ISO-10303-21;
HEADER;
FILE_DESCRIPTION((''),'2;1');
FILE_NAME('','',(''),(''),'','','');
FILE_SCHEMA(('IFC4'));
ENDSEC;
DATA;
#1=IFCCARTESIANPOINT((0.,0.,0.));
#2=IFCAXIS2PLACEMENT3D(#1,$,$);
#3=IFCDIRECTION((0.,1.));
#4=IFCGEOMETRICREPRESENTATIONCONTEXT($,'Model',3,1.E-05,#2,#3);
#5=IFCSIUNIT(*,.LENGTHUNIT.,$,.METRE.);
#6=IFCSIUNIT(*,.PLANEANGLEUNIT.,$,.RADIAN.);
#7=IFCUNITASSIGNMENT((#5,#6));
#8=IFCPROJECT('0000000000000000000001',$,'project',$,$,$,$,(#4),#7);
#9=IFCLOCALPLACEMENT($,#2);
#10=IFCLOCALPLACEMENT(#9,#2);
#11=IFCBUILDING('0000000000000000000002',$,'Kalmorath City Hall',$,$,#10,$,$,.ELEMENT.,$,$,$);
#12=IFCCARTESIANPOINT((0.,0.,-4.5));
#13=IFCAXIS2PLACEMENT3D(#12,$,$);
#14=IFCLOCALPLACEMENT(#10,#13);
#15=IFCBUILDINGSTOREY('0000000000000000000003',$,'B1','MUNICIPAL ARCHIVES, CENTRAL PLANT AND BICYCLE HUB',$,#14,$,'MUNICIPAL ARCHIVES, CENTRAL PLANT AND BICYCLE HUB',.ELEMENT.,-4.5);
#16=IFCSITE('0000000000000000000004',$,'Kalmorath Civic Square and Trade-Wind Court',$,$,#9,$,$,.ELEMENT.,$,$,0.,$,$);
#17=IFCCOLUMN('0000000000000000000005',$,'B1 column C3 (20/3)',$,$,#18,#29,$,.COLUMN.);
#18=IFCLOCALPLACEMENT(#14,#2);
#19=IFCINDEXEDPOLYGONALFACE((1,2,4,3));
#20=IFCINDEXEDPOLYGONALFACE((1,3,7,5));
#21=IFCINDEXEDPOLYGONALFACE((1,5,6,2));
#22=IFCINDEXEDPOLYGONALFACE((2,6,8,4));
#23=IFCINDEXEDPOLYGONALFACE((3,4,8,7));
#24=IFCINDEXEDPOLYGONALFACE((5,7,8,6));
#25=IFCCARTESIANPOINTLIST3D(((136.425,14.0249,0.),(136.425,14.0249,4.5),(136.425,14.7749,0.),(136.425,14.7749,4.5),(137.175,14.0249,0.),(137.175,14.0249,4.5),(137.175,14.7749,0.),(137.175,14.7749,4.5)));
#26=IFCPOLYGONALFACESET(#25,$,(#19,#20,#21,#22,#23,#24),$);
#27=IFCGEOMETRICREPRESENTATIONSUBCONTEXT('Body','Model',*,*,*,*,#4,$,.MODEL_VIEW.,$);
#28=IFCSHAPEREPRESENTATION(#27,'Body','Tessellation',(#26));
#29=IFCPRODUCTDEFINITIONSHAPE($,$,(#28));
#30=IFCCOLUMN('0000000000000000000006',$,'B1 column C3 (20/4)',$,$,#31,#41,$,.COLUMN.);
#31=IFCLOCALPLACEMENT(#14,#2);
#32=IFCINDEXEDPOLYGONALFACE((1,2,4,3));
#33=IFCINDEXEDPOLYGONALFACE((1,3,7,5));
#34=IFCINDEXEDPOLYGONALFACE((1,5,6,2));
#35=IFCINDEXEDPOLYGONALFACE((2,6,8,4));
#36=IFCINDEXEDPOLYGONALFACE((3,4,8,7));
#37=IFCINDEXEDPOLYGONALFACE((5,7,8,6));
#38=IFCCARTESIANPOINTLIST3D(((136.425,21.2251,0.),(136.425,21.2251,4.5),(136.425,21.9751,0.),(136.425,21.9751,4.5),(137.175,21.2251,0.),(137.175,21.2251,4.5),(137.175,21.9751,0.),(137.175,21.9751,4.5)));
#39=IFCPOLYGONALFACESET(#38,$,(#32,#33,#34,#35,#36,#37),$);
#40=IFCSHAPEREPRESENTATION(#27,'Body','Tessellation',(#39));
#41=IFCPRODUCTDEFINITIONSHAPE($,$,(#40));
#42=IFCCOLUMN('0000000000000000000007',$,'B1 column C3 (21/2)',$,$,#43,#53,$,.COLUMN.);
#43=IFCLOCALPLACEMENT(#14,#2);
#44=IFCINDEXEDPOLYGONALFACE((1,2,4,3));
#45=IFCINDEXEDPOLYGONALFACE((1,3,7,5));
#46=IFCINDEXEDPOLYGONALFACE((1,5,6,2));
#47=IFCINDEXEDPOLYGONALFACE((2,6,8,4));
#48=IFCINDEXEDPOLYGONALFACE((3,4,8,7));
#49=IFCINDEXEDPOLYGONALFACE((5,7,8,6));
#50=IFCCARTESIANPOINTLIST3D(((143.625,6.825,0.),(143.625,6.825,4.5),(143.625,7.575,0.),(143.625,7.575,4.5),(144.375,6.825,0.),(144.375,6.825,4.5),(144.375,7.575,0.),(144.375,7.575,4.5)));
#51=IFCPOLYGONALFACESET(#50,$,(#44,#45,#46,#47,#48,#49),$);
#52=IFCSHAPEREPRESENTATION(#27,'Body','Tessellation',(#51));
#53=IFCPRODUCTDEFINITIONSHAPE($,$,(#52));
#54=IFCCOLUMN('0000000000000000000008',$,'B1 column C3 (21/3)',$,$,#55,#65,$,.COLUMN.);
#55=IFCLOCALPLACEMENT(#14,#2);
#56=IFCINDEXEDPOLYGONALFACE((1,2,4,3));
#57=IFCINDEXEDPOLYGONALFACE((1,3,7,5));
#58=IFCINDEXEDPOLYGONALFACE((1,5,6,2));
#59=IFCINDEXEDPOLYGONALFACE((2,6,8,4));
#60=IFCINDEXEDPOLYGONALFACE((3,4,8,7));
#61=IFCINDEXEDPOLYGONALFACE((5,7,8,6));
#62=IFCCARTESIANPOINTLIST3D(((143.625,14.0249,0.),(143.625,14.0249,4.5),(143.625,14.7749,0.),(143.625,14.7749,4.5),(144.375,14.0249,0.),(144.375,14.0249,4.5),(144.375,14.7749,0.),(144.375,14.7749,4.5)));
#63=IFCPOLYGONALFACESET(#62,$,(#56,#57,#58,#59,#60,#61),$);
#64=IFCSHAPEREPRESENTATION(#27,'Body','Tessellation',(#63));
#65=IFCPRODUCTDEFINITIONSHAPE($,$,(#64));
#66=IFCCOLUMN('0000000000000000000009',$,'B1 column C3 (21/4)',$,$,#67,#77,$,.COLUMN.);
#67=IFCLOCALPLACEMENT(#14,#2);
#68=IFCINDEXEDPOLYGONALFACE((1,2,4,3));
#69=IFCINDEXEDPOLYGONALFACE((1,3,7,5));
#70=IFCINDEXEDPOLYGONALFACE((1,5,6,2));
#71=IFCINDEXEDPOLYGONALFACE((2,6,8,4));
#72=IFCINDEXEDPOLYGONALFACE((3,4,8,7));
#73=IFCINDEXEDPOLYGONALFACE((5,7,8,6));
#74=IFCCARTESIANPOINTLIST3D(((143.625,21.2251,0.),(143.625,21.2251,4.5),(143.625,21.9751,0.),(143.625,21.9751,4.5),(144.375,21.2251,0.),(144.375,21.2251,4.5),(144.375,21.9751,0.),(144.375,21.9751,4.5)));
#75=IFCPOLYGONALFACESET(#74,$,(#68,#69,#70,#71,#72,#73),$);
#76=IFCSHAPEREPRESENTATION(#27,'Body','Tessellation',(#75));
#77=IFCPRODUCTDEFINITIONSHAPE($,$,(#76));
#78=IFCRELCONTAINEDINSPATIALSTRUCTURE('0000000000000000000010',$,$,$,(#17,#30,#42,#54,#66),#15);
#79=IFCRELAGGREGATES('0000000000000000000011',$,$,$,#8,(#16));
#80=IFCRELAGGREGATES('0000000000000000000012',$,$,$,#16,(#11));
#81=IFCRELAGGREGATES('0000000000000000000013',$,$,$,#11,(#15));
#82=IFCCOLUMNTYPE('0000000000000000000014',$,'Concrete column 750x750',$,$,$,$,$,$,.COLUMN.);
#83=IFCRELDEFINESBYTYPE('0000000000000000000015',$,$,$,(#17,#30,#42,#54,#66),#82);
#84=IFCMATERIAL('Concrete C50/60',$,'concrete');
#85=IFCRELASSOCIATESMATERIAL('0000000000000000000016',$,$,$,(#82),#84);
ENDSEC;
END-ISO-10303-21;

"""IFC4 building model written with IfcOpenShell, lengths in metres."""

from ifc_helpers import new_model, si_unit, direction, frame, origin, origin_2d, place, context, subcontext, project, spatial, rectangle, extrude, material, material_profile, profile_set, type_object, element, save


model = new_model("IFC4")

# Units and contexts
model_context = context("Model", 3, precision=1e-05, world=origin(), true_north=direction((0.0, 1.0)))
body_context = subcontext(model_context, "Body", "Model", "MODEL_VIEW")
ifc_project = project(units=[si_unit("LENGTHUNIT", "METRE"), si_unit("PLANEANGLEUNIT", "RADIAN")], contexts=[model_context])

# Site, building, storey
site_placement = place(None, origin())
site = spatial("IfcSite", under=ifc_project, at=site_placement, Name="Kalmorath Civic Square and Trade-Wind Court", CompositionType="ELEMENT", RefElevation=0.0)
building_placement = place(site_placement, origin())
building = spatial("IfcBuilding", under=site, at=building_placement, Name="Kalmorath City Hall", CompositionType="ELEMENT")
storey_placement = place(building_placement, frame((0.0, 0.0, -4.5)))
storey = spatial("IfcBuildingStorey", under=building, at=storey_placement, Name="B1", Description="MUNICIPAL ARCHIVES, CENTRAL PLANT AND BICYCLE HUB", LongName="MUNICIPAL ARCHIVES, CENTRAL PLANT AND BICYCLE HUB", CompositionType="ELEMENT", Elevation=-4.5)

# Columns
ifc_material_1 = material(Name="Concrete C50/60", Category="concrete")
ifc_material_profile_1 = material_profile(ifc_material_1, rectangle(XDim=0.75, YDim=0.75, at=origin_2d()), Name="RC-COL-750X750")
ifc_profile_set_1 = profile_set([ifc_material_profile_1], Name="Concrete C50/60")
column_type = type_object("IfcColumnType", Name="Concrete column 750x750", PredefinedType="COLUMN", material=ifc_profile_set_1)
for number, where, z_axis, x_axis, name in (
    (1, (136.8, 14.3999, 0.0), (0.0, 0.0, 1.0), (1.0, 0.0, 0.0), "B1 column C3 (20/3)"),
    (2, (136.8, 21.6001, 0.0), (0.0, 0.0, 1.0), (1.0, 0.0, 0.0), "B1 column C3 (20/4)"),
    (3, (144.0, 7.2, 0.0), (0.0, 0.0, 1.0), (1.0, 0.0, 0.0), "B1 column C3 (21/2)"),
    (4, (144.0, 14.3999, 0.0), (0.0, 0.0, 1.0), (1.0, 0.0, 0.0), "B1 column C3 (21/3)"),
    (5, (144.0, 21.6001, 0.0), (0.0, 0.0, 1.0), (1.0, 0.0, 0.0), "B1 column C3 (21/4)"),
):
    element("IfcColumn", number, at=place(storey_placement, frame(where, z_axis=z_axis, x_axis=x_axis)), inside=storey, type_object=column_type, Name=name, PredefinedType="COLUMN", context=body_context, shape_type="SweptSolid", body=[
        extrude(rectangle(XDim=0.75, YDim=0.75, at=origin_2d()), origin(), (0.0, 0.0, 1.0), 4.5),
    ])

save(model, "model.ifc")
